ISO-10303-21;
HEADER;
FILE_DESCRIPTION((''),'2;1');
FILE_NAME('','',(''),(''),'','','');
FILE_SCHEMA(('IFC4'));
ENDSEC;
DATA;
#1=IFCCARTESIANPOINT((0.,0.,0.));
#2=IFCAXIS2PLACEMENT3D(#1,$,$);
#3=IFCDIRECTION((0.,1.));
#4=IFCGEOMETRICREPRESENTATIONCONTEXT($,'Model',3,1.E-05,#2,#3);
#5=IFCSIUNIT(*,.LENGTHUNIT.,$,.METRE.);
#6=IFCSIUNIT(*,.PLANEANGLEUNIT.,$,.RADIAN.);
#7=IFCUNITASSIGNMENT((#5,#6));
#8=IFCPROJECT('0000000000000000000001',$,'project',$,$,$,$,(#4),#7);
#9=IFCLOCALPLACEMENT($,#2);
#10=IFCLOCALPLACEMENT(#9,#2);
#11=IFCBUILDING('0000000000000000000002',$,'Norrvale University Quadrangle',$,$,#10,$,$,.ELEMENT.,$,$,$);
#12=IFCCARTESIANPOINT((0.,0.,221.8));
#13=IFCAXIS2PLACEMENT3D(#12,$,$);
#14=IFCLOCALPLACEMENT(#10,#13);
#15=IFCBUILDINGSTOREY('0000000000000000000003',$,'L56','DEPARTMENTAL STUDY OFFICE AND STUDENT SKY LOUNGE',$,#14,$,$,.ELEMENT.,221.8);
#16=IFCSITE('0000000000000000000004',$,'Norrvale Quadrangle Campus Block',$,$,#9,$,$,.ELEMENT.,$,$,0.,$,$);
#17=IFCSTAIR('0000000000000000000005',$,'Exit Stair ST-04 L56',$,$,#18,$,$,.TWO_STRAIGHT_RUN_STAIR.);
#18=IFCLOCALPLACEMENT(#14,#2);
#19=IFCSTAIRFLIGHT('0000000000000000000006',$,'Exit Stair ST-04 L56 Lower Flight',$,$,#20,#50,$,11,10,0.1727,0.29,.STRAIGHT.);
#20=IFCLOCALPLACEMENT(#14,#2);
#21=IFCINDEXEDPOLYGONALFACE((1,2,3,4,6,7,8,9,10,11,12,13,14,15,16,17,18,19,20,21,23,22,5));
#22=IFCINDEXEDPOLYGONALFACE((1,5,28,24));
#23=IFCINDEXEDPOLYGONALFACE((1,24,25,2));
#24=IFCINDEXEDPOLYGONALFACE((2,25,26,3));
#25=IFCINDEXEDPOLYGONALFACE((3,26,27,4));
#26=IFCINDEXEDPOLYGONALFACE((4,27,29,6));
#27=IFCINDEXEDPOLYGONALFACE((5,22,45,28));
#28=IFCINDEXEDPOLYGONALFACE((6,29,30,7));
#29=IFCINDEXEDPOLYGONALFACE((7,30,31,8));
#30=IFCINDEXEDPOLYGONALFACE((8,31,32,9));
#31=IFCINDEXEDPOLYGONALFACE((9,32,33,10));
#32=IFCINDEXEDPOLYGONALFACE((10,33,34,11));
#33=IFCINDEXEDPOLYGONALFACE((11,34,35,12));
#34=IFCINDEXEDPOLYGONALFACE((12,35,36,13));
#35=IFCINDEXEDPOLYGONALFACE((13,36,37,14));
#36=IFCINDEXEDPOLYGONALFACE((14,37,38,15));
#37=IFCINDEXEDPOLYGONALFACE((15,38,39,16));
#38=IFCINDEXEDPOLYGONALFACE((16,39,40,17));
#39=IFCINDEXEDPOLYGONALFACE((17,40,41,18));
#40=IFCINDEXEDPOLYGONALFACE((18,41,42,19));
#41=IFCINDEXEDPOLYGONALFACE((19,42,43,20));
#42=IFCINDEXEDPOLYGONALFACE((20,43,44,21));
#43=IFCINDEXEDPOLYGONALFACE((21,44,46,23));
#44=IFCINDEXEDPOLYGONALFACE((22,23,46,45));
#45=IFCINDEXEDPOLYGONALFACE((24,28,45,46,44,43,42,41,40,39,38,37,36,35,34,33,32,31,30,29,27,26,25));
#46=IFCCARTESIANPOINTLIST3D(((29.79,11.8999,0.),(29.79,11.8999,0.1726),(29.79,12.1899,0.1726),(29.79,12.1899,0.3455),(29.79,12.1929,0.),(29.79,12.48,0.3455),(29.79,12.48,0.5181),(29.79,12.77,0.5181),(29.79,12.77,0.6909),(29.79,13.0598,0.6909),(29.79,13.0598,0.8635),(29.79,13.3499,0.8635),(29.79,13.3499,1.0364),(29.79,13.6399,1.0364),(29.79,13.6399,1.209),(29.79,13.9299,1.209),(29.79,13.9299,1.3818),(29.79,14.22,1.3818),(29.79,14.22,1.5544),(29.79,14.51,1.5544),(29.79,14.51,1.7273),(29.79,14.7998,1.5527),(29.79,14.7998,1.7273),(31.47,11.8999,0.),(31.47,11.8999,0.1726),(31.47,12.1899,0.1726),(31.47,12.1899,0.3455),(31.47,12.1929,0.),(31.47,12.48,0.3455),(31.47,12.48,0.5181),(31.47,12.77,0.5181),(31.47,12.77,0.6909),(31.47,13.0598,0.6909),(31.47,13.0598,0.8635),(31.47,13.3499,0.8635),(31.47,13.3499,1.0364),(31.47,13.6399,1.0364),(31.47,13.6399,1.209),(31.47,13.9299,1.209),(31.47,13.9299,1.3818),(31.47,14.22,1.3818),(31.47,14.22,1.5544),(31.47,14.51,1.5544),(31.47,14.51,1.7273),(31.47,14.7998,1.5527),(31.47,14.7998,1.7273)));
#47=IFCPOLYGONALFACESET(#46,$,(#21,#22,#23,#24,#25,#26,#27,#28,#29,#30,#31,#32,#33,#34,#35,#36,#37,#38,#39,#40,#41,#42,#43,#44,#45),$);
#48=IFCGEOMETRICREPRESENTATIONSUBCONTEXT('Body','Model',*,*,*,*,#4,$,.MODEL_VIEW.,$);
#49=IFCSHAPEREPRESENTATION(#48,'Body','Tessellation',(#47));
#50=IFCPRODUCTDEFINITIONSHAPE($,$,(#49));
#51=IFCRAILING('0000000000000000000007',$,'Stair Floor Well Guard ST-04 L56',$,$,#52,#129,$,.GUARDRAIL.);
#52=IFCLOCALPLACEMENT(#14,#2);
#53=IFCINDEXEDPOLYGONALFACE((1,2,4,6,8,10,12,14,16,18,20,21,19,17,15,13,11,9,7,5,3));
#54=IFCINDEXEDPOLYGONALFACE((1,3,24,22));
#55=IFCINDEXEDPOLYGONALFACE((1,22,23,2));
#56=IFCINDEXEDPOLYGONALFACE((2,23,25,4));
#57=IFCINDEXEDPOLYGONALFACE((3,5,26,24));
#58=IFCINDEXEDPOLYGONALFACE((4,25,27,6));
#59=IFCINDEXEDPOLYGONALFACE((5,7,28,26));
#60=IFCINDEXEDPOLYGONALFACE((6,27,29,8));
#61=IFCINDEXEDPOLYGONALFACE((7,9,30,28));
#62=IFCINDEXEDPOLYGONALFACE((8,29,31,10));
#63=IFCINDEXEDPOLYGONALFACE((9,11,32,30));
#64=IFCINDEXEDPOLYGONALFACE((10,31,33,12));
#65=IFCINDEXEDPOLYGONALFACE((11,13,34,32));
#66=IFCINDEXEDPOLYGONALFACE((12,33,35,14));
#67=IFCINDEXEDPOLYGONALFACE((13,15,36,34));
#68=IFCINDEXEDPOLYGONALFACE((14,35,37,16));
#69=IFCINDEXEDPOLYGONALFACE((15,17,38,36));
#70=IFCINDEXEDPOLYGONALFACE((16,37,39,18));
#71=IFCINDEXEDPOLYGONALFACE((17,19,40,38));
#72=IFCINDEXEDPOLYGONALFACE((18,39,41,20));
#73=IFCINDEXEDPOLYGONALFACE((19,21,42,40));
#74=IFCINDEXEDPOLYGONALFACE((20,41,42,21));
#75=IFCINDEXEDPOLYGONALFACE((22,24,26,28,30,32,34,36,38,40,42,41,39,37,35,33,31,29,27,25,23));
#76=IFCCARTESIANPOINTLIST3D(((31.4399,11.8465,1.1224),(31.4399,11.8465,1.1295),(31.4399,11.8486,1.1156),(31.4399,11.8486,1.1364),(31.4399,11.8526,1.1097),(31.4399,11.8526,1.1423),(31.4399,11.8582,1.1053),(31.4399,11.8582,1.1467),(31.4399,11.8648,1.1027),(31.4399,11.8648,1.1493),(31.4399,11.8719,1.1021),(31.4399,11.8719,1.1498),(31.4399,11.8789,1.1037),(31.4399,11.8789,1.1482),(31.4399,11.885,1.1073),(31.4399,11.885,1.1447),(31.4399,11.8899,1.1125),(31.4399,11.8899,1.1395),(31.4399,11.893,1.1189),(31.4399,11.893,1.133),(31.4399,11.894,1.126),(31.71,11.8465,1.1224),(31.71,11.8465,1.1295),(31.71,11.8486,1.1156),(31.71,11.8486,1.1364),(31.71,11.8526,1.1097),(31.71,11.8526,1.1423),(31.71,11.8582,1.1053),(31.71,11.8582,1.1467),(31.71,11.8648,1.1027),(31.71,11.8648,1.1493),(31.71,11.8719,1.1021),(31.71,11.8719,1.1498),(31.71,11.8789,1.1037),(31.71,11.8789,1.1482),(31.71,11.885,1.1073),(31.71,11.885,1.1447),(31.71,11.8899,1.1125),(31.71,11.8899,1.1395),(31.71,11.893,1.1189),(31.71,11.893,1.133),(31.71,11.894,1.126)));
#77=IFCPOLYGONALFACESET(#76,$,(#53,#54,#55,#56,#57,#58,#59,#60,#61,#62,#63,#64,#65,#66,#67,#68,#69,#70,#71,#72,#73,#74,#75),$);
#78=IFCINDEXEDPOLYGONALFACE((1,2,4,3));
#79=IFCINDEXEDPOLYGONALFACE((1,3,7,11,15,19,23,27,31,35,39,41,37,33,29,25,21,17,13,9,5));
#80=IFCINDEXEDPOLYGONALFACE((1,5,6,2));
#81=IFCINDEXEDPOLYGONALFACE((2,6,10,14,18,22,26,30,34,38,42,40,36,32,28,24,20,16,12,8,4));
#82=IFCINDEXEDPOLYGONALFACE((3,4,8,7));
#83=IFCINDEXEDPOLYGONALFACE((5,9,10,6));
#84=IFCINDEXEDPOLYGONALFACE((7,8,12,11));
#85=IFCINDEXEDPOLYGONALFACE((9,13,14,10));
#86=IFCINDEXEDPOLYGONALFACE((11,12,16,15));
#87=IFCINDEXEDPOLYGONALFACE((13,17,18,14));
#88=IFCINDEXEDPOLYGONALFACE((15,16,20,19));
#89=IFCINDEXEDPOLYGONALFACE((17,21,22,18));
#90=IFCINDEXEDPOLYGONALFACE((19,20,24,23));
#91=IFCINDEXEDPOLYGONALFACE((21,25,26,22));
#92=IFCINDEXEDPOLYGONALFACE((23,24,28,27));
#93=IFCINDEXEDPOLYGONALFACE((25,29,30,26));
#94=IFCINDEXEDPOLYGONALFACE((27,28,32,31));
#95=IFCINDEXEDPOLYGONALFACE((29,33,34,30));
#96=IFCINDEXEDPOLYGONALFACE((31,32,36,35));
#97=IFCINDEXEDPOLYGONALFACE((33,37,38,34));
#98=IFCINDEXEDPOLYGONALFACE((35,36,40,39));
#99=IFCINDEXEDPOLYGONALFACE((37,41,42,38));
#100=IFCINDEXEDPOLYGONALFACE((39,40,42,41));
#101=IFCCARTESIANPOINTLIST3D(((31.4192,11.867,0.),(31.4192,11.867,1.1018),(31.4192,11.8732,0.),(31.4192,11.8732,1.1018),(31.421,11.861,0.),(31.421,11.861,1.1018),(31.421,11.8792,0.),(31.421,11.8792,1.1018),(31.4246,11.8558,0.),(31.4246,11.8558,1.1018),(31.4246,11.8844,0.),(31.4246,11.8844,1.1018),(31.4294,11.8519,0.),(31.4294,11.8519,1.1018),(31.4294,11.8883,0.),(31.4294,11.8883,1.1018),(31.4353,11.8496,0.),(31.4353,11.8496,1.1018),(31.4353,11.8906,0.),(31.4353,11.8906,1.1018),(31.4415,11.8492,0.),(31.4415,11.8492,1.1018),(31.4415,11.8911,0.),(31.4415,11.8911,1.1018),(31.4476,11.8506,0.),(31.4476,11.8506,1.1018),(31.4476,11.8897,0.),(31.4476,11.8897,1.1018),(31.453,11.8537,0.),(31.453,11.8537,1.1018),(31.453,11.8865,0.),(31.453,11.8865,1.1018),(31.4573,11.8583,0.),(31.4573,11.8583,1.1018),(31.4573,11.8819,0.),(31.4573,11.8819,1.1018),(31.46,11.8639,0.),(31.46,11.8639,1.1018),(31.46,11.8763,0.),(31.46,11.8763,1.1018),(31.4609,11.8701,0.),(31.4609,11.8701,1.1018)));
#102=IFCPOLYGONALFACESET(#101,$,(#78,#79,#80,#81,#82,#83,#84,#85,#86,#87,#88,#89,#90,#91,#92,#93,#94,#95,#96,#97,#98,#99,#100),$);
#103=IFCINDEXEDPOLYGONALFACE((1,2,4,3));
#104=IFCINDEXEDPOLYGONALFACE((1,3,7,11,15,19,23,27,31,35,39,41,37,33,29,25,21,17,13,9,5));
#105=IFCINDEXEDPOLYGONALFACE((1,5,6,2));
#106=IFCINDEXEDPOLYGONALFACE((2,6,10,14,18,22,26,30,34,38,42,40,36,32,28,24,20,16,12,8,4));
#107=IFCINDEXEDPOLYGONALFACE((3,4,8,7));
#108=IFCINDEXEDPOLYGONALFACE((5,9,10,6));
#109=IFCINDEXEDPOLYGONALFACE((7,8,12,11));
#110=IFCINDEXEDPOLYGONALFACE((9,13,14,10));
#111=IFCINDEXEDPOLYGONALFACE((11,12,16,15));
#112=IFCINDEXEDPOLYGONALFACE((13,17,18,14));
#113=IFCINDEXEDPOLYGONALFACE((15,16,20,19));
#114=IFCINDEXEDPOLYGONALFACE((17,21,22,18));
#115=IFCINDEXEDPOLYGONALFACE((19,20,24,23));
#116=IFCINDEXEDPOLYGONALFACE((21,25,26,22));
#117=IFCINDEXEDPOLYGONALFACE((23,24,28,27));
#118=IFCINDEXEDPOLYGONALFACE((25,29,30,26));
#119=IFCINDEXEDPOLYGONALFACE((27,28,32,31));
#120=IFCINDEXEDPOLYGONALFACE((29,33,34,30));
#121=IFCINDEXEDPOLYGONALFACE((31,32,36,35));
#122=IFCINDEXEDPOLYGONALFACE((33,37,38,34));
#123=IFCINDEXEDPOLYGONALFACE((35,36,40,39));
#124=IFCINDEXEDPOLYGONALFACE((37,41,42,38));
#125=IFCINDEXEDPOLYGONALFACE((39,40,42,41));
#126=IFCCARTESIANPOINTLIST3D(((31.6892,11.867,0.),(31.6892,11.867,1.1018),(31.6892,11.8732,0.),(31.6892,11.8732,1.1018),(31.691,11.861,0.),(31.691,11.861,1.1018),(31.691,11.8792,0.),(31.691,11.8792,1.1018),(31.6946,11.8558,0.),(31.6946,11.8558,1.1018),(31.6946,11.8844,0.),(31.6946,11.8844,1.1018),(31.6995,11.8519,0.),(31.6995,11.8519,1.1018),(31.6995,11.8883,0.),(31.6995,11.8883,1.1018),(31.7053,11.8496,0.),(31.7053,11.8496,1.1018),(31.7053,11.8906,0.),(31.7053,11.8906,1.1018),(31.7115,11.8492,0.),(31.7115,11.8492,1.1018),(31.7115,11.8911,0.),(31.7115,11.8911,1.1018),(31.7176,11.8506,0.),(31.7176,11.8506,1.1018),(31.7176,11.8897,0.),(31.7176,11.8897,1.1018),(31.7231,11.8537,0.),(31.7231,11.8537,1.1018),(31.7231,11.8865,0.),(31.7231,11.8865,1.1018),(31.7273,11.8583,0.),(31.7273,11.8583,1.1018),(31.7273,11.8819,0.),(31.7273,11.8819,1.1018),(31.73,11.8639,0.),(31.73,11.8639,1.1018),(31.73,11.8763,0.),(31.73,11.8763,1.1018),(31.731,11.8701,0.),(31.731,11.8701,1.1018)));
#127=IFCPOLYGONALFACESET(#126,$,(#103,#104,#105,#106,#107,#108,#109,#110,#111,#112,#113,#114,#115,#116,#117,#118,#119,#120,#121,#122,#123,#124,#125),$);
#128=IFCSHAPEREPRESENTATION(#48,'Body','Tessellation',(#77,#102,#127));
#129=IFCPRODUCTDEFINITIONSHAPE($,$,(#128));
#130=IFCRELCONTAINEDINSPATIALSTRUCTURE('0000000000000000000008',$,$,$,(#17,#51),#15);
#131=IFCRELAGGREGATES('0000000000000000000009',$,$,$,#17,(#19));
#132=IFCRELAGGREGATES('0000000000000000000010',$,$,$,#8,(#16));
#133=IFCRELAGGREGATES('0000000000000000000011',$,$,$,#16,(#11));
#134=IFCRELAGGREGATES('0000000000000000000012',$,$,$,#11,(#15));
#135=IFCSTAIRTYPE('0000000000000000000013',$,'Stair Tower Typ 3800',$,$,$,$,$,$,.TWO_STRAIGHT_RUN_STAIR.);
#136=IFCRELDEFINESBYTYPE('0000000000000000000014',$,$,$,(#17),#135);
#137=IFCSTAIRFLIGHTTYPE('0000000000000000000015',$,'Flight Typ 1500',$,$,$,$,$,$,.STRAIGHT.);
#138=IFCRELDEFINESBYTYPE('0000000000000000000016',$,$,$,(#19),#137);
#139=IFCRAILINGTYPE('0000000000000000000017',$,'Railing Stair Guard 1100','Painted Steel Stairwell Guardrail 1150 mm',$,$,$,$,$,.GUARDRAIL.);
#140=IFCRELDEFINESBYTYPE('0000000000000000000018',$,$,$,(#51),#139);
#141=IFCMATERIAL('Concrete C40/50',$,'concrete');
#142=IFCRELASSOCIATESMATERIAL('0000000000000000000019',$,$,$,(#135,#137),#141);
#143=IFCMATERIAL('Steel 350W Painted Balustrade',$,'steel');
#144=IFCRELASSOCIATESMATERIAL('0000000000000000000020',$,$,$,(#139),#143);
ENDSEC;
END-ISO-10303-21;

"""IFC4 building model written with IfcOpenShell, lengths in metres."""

from ifc_helpers import new_model, si_unit, direction, frame, origin, origin_2d, place, context, subcontext, project, spatial, polyline, circle, outline, extrude, material, type_object, element, aggregate, save


model = new_model("IFC4")

# Units and contexts
model_context = context("Model", 3, precision=1e-05, world=origin(), true_north=direction((0.0, 1.0)))
body_context = subcontext(model_context, "Body", "Model", "MODEL_VIEW")
ifc_project = project(units=[si_unit("LENGTHUNIT", "METRE"), si_unit("PLANEANGLEUNIT", "RADIAN")], contexts=[model_context])

# Site, building, storey
site_placement = place(None, origin())
site = spatial("IfcSite", under=ifc_project, at=site_placement, Name="Norrvale Quadrangle Campus Block", CompositionType="ELEMENT", RefElevation=0.0)
building_placement = place(site_placement, origin())
building = spatial("IfcBuilding", under=site, at=building_placement, Name="Norrvale University Quadrangle", CompositionType="ELEMENT")
storey_placement = place(building_placement, frame((0.0, 0.0, 221.8)))
storey = spatial("IfcBuildingStorey", under=building, at=storey_placement, Name="L56", Description="DEPARTMENTAL STUDY OFFICE AND STUDENT SKY LOUNGE", CompositionType="ELEMENT", Elevation=221.8)

# Stair, stair flight
ifc_material_1 = material(Name="Concrete C40/50", Category="concrete")
stair_type = type_object("IfcStairType", Name="Stair Tower Typ 3800", PredefinedType="TWO_STRAIGHT_RUN_STAIR", material=ifc_material_1)
stair_placement = place(storey_placement, origin())
stair = element("IfcStair", 1, at=stair_placement, inside=storey, type_object=stair_type, Name="Exit Stair ST-04 L56", PredefinedType="TWO_STRAIGHT_RUN_STAIR")
stair_flight_type = type_object("IfcStairFlightType", Name="Flight Typ 1500", PredefinedType="STRAIGHT", material=ifc_material_1)
stair_flight_placement = place(storey_placement, frame((30.6299, 11.8999, 0.0), z_axis=(0.0, 0.0, 1.0), x_axis=(0.0, 1.0, 0.0)))
stair_flight = element("IfcStairFlight", 2, at=stair_flight_placement, type_object=stair_flight_type, Name="Exit Stair ST-04 L56 Lower Flight", NumberOfRisers=11, NumberOfTreads=10, PredefinedType="STRAIGHT", RiserHeight=0.1727, TreadLength=0.29, context=body_context, shape_type="SweptSolid", body=[
    extrude(outline(polyline([(0.0, 0.0), (0.0, 0.1726), (0.29, 0.1726), (0.29, 0.3455), (0.5801, 0.3455), (0.5801, 0.5181), (0.8701, 0.5181), (0.8701, 0.6909), (1.1599, 0.6909), (1.1599, 0.8635), (1.45, 0.8635), (1.45, 1.0364), (1.74, 1.0364), (1.74, 1.209), (2.03, 1.209), (2.03, 1.3818), (2.3201, 1.3818), (2.3201, 1.5544), (2.6101, 1.5544), (2.6101, 1.7273), (2.8999, 1.7273), (2.8999, 1.8999), (2.8999, 1.5527), (0.293, 0.0), (0.0, 0.0)])), frame((0.0, 0.8398, 0.0), z_axis=(0.0, -1.0, 0.0), x_axis=(1.0, 0.0, 0.0)), (0.0, 0.0, 1.0), 1.6799),
])
aggregate(stair, [stair_flight])

# Railing
ifc_material_2 = material(Name="Steel 350W Painted Balustrade", Category="steel")
railing_type_1 = type_object("IfcRailingType", Name="Railing Stair Guard 1100", Description="Painted Steel Stairwell Guardrail 1150 mm", PredefinedType="GUARDRAIL", material=ifc_material_2)
railing_1_placement = place(storey_placement, frame((31.4399, 11.8701, 0.0)))
element("IfcRailing", 3, at=railing_1_placement, inside=storey, type_object=railing_type_1, Name="Stair Floor Well Guard ST-04 L56", PredefinedType="GUARDRAIL", context=body_context, shape_type="SweptSolid", body=[
    extrude(circle(Radius=0.0239, at=origin_2d()), frame((0.0, 0.0, 1.126), z_axis=(1.0, 0.0, 0.0), x_axis=(0.0, 1.0, 0.0)), (0.0, 0.0, 1.0), 0.27),
    extrude(circle(Radius=0.021, at=origin_2d()), origin(), (0.0, 0.0, 1.0), 1.1018),
    extrude(circle(Radius=0.021, at=origin_2d()), frame((0.27, 0.0, 0.0)), (0.0, 0.0, 1.0), 1.1018),
])

save(model, "model.ifc")
